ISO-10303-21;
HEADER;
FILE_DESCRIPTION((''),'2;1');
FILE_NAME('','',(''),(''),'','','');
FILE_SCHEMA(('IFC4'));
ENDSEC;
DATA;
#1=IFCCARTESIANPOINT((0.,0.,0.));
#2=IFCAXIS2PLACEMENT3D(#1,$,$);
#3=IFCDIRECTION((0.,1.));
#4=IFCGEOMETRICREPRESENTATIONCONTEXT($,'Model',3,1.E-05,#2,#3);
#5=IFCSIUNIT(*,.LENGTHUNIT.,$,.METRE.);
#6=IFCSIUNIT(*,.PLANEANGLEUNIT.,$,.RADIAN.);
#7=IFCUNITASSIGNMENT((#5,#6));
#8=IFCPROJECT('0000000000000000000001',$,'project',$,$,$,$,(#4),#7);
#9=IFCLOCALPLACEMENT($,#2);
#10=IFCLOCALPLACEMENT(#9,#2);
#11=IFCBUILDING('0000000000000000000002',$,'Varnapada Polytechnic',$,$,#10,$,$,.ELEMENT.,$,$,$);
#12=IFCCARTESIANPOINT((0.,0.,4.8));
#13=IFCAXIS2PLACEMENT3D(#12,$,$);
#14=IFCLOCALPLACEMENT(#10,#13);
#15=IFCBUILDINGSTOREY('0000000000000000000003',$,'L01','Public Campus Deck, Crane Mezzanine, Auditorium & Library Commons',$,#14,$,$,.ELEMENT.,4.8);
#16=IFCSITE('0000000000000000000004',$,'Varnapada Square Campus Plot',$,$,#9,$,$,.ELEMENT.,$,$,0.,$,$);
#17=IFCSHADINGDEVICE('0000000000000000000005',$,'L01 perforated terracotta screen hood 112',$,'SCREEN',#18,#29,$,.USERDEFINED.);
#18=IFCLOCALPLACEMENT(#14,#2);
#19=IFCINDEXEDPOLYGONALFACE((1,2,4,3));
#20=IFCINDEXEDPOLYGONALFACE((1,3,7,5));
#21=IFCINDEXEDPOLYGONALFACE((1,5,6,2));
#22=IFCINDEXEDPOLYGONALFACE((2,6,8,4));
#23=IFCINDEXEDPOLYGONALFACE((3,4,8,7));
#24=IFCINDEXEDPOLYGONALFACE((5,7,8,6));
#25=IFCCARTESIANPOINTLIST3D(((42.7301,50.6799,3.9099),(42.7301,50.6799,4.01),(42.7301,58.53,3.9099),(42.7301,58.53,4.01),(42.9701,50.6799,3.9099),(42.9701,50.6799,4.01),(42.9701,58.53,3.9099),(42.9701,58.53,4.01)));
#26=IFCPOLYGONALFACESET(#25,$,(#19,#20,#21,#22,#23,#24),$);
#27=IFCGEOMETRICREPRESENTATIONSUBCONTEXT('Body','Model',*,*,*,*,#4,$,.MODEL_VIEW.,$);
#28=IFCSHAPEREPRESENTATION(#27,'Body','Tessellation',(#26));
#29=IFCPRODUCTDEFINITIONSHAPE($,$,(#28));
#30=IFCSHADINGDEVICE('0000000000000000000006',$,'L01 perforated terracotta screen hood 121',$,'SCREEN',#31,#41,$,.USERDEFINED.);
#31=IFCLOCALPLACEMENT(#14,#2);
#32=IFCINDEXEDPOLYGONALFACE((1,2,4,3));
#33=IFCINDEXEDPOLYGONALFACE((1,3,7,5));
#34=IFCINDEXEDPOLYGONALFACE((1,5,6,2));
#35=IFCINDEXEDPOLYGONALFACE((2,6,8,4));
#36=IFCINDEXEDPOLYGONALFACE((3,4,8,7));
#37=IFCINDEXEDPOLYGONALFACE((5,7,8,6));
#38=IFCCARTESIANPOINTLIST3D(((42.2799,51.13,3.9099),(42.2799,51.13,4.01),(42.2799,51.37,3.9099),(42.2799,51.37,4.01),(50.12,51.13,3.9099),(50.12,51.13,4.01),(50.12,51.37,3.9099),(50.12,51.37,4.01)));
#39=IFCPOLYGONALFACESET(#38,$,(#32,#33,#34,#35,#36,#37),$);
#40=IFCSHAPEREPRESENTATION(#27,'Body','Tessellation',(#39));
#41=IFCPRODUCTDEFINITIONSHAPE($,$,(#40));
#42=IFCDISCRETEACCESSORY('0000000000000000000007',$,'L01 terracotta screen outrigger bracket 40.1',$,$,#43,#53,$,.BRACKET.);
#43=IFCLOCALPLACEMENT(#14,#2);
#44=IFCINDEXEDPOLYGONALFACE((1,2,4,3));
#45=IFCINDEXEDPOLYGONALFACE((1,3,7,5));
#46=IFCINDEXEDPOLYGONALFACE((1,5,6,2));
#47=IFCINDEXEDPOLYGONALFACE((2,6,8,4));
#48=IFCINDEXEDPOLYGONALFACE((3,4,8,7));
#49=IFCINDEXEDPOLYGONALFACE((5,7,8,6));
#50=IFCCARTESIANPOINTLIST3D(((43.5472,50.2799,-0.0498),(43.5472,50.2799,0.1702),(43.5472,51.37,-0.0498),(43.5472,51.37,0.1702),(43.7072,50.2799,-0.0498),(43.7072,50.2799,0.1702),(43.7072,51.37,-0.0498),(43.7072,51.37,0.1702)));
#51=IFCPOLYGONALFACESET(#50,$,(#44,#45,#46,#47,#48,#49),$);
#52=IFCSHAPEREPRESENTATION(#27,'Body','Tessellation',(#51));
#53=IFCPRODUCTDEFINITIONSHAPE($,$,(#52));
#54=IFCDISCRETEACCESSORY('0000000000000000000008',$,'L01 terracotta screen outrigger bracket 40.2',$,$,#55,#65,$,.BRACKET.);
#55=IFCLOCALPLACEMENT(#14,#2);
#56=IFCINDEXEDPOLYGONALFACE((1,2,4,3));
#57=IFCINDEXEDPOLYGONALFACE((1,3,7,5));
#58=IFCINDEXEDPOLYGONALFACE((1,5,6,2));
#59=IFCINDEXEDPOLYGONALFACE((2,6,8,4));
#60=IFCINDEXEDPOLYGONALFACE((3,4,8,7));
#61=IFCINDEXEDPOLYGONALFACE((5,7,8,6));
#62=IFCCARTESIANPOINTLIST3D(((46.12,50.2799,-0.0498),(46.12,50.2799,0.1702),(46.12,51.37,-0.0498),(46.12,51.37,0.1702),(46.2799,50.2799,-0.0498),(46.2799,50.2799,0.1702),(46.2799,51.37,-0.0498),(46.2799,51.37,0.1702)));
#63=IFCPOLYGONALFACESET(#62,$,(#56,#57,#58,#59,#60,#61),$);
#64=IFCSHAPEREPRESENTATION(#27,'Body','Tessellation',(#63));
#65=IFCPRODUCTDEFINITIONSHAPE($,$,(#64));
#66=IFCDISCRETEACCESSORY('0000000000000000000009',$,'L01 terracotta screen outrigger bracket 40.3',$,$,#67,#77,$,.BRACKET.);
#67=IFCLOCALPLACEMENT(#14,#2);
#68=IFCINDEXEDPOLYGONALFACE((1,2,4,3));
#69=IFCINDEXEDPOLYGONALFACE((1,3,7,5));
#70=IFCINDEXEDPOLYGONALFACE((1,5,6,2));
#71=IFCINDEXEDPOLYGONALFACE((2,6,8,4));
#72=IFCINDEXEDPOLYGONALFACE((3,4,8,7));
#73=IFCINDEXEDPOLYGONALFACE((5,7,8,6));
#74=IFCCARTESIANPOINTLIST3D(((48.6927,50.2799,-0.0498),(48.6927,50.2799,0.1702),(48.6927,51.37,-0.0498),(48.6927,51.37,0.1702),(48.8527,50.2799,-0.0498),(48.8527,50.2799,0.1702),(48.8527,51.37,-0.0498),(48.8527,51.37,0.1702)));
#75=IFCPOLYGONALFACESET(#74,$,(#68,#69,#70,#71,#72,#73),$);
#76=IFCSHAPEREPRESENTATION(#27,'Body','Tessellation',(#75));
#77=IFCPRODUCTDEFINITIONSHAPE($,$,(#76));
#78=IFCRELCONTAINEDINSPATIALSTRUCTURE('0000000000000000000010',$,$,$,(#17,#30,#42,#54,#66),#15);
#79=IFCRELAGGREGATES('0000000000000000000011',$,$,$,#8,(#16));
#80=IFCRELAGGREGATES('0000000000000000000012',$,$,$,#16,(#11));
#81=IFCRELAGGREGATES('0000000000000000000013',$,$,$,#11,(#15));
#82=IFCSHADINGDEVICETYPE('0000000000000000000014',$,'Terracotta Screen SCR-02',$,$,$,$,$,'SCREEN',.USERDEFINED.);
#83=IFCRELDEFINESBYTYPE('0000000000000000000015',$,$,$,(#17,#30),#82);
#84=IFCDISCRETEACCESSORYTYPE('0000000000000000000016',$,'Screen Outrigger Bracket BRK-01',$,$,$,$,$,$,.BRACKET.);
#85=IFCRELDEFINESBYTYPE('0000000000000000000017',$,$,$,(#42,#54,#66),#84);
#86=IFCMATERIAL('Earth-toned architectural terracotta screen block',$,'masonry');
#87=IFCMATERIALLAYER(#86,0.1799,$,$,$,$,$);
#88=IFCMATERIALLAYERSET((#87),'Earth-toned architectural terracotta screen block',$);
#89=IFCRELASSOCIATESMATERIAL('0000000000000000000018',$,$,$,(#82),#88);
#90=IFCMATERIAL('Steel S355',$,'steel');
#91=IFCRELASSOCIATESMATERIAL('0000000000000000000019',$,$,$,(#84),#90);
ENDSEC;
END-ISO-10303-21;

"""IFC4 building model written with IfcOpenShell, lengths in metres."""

from ifc_helpers import new_model, si_unit, direction, frame, origin, origin_2d, place, context, subcontext, project, spatial, rectangle, extrude, material, layer, layer_set, type_object, element, save


model = new_model("IFC4")

# Units and contexts
model_context = context("Model", 3, precision=1e-05, world=origin(), true_north=direction((0.0, 1.0)))
body_context = subcontext(model_context, "Body", "Model", "MODEL_VIEW")
ifc_project = project(units=[si_unit("LENGTHUNIT", "METRE"), si_unit("PLANEANGLEUNIT", "RADIAN")], contexts=[model_context])

# Site, building, storey
site_placement = place(None, origin())
site = spatial("IfcSite", under=ifc_project, at=site_placement, Name="Varnapada Square Campus Plot", CompositionType="ELEMENT", RefElevation=0.0)
building_placement = place(site_placement, origin())
building = spatial("IfcBuilding", under=site, at=building_placement, Name="Varnapada Polytechnic", CompositionType="ELEMENT")
storey_placement = place(building_placement, frame((0.0, 0.0, 4.8)))
storey = spatial("IfcBuildingStorey", under=building, at=storey_placement, Name="L01", Description="Public Campus Deck, Crane Mezzanine, Auditorium & Library Commons", CompositionType="ELEMENT", Elevation=4.8)

# Shared definitions
ifc_material_1 = material(Name="Earth-toned architectural terracotta screen block", Category="masonry")

# Shading devices
ifc_layer_1 = layer(ifc_material_1, 0.1799)
ifc_layer_set_1 = layer_set([ifc_layer_1], Name="Earth-toned architectural terracotta screen block")
shading_device_type_1 = type_object("IfcShadingDeviceType", Name="Terracotta Screen SCR-02", ElementType="SCREEN", PredefinedType="USERDEFINED", material=ifc_layer_set_1)
shading_device_1_placement = place(storey_placement, frame((42.8501, 54.605, 3.9099), z_axis=(0.0, 0.0, 1.0), x_axis=(0.0, -1.0, 0.0)))
element("IfcShadingDevice", 1, at=shading_device_1_placement, inside=storey, type_object=shading_device_type_1, Name="L01 perforated terracotta screen hood 112", ObjectType="SCREEN", PredefinedType="USERDEFINED", context=body_context, shape_type="SweptSolid", body=[
    extrude(rectangle(XDim=7.8501, YDim=0.24, at=origin_2d()), origin(), (0.0, 0.0, 1.0), 0.1001),
])
shading_device_2_placement = place(storey_placement, frame((46.2, 51.25, 3.9099), z_axis=(0.0, 0.0, 1.0), x_axis=(1.0, 0.0, 0.0)))
element("IfcShadingDevice", 2, at=shading_device_2_placement, inside=storey, type_object=shading_device_type_1, Name="L01 perforated terracotta screen hood 121", ObjectType="SCREEN", PredefinedType="USERDEFINED", context=body_context, shape_type="SweptSolid", body=[
    extrude(rectangle(XDim=7.8401, YDim=0.24, at=origin_2d()), origin(), (0.0, 0.0, 1.0), 0.1001),
])

# Discrete accessories
ifc_material_2 = material(Name="Steel S355", Category="steel")
discrete_accessory_type = type_object("IfcDiscreteAccessoryType", Name="Screen Outrigger Bracket BRK-01", PredefinedType="BRACKET", material=ifc_material_2)
for number, where, z_axis, x_axis, name in (
    (3, (43.6272, 50.825, -0.0498), (0.0, 0.0, 1.0), (1.0, 0.0, 0.0), "L01 terracotta screen outrigger bracket 40.1"),
    (4, (46.2, 50.825, -0.0498), (0.0, 0.0, 1.0), (1.0, 0.0, 0.0), "L01 terracotta screen outrigger bracket 40.2"),
    (5, (48.7727, 50.825, -0.0498), (0.0, 0.0, 1.0), (1.0, 0.0, 0.0), "L01 terracotta screen outrigger bracket 40.3"),
):
    element("IfcDiscreteAccessory", number, at=place(storey_placement, frame(where, z_axis=z_axis, x_axis=x_axis)), inside=storey, type_object=discrete_accessory_type, Name=name, PredefinedType="BRACKET", context=body_context, shape_type="SweptSolid", body=[
        extrude(rectangle(XDim=0.1599, YDim=1.0901, at=origin_2d()), origin(), (0.0, 0.0, 1.0), 0.22),
    ])

save(model, "model.ifc")
